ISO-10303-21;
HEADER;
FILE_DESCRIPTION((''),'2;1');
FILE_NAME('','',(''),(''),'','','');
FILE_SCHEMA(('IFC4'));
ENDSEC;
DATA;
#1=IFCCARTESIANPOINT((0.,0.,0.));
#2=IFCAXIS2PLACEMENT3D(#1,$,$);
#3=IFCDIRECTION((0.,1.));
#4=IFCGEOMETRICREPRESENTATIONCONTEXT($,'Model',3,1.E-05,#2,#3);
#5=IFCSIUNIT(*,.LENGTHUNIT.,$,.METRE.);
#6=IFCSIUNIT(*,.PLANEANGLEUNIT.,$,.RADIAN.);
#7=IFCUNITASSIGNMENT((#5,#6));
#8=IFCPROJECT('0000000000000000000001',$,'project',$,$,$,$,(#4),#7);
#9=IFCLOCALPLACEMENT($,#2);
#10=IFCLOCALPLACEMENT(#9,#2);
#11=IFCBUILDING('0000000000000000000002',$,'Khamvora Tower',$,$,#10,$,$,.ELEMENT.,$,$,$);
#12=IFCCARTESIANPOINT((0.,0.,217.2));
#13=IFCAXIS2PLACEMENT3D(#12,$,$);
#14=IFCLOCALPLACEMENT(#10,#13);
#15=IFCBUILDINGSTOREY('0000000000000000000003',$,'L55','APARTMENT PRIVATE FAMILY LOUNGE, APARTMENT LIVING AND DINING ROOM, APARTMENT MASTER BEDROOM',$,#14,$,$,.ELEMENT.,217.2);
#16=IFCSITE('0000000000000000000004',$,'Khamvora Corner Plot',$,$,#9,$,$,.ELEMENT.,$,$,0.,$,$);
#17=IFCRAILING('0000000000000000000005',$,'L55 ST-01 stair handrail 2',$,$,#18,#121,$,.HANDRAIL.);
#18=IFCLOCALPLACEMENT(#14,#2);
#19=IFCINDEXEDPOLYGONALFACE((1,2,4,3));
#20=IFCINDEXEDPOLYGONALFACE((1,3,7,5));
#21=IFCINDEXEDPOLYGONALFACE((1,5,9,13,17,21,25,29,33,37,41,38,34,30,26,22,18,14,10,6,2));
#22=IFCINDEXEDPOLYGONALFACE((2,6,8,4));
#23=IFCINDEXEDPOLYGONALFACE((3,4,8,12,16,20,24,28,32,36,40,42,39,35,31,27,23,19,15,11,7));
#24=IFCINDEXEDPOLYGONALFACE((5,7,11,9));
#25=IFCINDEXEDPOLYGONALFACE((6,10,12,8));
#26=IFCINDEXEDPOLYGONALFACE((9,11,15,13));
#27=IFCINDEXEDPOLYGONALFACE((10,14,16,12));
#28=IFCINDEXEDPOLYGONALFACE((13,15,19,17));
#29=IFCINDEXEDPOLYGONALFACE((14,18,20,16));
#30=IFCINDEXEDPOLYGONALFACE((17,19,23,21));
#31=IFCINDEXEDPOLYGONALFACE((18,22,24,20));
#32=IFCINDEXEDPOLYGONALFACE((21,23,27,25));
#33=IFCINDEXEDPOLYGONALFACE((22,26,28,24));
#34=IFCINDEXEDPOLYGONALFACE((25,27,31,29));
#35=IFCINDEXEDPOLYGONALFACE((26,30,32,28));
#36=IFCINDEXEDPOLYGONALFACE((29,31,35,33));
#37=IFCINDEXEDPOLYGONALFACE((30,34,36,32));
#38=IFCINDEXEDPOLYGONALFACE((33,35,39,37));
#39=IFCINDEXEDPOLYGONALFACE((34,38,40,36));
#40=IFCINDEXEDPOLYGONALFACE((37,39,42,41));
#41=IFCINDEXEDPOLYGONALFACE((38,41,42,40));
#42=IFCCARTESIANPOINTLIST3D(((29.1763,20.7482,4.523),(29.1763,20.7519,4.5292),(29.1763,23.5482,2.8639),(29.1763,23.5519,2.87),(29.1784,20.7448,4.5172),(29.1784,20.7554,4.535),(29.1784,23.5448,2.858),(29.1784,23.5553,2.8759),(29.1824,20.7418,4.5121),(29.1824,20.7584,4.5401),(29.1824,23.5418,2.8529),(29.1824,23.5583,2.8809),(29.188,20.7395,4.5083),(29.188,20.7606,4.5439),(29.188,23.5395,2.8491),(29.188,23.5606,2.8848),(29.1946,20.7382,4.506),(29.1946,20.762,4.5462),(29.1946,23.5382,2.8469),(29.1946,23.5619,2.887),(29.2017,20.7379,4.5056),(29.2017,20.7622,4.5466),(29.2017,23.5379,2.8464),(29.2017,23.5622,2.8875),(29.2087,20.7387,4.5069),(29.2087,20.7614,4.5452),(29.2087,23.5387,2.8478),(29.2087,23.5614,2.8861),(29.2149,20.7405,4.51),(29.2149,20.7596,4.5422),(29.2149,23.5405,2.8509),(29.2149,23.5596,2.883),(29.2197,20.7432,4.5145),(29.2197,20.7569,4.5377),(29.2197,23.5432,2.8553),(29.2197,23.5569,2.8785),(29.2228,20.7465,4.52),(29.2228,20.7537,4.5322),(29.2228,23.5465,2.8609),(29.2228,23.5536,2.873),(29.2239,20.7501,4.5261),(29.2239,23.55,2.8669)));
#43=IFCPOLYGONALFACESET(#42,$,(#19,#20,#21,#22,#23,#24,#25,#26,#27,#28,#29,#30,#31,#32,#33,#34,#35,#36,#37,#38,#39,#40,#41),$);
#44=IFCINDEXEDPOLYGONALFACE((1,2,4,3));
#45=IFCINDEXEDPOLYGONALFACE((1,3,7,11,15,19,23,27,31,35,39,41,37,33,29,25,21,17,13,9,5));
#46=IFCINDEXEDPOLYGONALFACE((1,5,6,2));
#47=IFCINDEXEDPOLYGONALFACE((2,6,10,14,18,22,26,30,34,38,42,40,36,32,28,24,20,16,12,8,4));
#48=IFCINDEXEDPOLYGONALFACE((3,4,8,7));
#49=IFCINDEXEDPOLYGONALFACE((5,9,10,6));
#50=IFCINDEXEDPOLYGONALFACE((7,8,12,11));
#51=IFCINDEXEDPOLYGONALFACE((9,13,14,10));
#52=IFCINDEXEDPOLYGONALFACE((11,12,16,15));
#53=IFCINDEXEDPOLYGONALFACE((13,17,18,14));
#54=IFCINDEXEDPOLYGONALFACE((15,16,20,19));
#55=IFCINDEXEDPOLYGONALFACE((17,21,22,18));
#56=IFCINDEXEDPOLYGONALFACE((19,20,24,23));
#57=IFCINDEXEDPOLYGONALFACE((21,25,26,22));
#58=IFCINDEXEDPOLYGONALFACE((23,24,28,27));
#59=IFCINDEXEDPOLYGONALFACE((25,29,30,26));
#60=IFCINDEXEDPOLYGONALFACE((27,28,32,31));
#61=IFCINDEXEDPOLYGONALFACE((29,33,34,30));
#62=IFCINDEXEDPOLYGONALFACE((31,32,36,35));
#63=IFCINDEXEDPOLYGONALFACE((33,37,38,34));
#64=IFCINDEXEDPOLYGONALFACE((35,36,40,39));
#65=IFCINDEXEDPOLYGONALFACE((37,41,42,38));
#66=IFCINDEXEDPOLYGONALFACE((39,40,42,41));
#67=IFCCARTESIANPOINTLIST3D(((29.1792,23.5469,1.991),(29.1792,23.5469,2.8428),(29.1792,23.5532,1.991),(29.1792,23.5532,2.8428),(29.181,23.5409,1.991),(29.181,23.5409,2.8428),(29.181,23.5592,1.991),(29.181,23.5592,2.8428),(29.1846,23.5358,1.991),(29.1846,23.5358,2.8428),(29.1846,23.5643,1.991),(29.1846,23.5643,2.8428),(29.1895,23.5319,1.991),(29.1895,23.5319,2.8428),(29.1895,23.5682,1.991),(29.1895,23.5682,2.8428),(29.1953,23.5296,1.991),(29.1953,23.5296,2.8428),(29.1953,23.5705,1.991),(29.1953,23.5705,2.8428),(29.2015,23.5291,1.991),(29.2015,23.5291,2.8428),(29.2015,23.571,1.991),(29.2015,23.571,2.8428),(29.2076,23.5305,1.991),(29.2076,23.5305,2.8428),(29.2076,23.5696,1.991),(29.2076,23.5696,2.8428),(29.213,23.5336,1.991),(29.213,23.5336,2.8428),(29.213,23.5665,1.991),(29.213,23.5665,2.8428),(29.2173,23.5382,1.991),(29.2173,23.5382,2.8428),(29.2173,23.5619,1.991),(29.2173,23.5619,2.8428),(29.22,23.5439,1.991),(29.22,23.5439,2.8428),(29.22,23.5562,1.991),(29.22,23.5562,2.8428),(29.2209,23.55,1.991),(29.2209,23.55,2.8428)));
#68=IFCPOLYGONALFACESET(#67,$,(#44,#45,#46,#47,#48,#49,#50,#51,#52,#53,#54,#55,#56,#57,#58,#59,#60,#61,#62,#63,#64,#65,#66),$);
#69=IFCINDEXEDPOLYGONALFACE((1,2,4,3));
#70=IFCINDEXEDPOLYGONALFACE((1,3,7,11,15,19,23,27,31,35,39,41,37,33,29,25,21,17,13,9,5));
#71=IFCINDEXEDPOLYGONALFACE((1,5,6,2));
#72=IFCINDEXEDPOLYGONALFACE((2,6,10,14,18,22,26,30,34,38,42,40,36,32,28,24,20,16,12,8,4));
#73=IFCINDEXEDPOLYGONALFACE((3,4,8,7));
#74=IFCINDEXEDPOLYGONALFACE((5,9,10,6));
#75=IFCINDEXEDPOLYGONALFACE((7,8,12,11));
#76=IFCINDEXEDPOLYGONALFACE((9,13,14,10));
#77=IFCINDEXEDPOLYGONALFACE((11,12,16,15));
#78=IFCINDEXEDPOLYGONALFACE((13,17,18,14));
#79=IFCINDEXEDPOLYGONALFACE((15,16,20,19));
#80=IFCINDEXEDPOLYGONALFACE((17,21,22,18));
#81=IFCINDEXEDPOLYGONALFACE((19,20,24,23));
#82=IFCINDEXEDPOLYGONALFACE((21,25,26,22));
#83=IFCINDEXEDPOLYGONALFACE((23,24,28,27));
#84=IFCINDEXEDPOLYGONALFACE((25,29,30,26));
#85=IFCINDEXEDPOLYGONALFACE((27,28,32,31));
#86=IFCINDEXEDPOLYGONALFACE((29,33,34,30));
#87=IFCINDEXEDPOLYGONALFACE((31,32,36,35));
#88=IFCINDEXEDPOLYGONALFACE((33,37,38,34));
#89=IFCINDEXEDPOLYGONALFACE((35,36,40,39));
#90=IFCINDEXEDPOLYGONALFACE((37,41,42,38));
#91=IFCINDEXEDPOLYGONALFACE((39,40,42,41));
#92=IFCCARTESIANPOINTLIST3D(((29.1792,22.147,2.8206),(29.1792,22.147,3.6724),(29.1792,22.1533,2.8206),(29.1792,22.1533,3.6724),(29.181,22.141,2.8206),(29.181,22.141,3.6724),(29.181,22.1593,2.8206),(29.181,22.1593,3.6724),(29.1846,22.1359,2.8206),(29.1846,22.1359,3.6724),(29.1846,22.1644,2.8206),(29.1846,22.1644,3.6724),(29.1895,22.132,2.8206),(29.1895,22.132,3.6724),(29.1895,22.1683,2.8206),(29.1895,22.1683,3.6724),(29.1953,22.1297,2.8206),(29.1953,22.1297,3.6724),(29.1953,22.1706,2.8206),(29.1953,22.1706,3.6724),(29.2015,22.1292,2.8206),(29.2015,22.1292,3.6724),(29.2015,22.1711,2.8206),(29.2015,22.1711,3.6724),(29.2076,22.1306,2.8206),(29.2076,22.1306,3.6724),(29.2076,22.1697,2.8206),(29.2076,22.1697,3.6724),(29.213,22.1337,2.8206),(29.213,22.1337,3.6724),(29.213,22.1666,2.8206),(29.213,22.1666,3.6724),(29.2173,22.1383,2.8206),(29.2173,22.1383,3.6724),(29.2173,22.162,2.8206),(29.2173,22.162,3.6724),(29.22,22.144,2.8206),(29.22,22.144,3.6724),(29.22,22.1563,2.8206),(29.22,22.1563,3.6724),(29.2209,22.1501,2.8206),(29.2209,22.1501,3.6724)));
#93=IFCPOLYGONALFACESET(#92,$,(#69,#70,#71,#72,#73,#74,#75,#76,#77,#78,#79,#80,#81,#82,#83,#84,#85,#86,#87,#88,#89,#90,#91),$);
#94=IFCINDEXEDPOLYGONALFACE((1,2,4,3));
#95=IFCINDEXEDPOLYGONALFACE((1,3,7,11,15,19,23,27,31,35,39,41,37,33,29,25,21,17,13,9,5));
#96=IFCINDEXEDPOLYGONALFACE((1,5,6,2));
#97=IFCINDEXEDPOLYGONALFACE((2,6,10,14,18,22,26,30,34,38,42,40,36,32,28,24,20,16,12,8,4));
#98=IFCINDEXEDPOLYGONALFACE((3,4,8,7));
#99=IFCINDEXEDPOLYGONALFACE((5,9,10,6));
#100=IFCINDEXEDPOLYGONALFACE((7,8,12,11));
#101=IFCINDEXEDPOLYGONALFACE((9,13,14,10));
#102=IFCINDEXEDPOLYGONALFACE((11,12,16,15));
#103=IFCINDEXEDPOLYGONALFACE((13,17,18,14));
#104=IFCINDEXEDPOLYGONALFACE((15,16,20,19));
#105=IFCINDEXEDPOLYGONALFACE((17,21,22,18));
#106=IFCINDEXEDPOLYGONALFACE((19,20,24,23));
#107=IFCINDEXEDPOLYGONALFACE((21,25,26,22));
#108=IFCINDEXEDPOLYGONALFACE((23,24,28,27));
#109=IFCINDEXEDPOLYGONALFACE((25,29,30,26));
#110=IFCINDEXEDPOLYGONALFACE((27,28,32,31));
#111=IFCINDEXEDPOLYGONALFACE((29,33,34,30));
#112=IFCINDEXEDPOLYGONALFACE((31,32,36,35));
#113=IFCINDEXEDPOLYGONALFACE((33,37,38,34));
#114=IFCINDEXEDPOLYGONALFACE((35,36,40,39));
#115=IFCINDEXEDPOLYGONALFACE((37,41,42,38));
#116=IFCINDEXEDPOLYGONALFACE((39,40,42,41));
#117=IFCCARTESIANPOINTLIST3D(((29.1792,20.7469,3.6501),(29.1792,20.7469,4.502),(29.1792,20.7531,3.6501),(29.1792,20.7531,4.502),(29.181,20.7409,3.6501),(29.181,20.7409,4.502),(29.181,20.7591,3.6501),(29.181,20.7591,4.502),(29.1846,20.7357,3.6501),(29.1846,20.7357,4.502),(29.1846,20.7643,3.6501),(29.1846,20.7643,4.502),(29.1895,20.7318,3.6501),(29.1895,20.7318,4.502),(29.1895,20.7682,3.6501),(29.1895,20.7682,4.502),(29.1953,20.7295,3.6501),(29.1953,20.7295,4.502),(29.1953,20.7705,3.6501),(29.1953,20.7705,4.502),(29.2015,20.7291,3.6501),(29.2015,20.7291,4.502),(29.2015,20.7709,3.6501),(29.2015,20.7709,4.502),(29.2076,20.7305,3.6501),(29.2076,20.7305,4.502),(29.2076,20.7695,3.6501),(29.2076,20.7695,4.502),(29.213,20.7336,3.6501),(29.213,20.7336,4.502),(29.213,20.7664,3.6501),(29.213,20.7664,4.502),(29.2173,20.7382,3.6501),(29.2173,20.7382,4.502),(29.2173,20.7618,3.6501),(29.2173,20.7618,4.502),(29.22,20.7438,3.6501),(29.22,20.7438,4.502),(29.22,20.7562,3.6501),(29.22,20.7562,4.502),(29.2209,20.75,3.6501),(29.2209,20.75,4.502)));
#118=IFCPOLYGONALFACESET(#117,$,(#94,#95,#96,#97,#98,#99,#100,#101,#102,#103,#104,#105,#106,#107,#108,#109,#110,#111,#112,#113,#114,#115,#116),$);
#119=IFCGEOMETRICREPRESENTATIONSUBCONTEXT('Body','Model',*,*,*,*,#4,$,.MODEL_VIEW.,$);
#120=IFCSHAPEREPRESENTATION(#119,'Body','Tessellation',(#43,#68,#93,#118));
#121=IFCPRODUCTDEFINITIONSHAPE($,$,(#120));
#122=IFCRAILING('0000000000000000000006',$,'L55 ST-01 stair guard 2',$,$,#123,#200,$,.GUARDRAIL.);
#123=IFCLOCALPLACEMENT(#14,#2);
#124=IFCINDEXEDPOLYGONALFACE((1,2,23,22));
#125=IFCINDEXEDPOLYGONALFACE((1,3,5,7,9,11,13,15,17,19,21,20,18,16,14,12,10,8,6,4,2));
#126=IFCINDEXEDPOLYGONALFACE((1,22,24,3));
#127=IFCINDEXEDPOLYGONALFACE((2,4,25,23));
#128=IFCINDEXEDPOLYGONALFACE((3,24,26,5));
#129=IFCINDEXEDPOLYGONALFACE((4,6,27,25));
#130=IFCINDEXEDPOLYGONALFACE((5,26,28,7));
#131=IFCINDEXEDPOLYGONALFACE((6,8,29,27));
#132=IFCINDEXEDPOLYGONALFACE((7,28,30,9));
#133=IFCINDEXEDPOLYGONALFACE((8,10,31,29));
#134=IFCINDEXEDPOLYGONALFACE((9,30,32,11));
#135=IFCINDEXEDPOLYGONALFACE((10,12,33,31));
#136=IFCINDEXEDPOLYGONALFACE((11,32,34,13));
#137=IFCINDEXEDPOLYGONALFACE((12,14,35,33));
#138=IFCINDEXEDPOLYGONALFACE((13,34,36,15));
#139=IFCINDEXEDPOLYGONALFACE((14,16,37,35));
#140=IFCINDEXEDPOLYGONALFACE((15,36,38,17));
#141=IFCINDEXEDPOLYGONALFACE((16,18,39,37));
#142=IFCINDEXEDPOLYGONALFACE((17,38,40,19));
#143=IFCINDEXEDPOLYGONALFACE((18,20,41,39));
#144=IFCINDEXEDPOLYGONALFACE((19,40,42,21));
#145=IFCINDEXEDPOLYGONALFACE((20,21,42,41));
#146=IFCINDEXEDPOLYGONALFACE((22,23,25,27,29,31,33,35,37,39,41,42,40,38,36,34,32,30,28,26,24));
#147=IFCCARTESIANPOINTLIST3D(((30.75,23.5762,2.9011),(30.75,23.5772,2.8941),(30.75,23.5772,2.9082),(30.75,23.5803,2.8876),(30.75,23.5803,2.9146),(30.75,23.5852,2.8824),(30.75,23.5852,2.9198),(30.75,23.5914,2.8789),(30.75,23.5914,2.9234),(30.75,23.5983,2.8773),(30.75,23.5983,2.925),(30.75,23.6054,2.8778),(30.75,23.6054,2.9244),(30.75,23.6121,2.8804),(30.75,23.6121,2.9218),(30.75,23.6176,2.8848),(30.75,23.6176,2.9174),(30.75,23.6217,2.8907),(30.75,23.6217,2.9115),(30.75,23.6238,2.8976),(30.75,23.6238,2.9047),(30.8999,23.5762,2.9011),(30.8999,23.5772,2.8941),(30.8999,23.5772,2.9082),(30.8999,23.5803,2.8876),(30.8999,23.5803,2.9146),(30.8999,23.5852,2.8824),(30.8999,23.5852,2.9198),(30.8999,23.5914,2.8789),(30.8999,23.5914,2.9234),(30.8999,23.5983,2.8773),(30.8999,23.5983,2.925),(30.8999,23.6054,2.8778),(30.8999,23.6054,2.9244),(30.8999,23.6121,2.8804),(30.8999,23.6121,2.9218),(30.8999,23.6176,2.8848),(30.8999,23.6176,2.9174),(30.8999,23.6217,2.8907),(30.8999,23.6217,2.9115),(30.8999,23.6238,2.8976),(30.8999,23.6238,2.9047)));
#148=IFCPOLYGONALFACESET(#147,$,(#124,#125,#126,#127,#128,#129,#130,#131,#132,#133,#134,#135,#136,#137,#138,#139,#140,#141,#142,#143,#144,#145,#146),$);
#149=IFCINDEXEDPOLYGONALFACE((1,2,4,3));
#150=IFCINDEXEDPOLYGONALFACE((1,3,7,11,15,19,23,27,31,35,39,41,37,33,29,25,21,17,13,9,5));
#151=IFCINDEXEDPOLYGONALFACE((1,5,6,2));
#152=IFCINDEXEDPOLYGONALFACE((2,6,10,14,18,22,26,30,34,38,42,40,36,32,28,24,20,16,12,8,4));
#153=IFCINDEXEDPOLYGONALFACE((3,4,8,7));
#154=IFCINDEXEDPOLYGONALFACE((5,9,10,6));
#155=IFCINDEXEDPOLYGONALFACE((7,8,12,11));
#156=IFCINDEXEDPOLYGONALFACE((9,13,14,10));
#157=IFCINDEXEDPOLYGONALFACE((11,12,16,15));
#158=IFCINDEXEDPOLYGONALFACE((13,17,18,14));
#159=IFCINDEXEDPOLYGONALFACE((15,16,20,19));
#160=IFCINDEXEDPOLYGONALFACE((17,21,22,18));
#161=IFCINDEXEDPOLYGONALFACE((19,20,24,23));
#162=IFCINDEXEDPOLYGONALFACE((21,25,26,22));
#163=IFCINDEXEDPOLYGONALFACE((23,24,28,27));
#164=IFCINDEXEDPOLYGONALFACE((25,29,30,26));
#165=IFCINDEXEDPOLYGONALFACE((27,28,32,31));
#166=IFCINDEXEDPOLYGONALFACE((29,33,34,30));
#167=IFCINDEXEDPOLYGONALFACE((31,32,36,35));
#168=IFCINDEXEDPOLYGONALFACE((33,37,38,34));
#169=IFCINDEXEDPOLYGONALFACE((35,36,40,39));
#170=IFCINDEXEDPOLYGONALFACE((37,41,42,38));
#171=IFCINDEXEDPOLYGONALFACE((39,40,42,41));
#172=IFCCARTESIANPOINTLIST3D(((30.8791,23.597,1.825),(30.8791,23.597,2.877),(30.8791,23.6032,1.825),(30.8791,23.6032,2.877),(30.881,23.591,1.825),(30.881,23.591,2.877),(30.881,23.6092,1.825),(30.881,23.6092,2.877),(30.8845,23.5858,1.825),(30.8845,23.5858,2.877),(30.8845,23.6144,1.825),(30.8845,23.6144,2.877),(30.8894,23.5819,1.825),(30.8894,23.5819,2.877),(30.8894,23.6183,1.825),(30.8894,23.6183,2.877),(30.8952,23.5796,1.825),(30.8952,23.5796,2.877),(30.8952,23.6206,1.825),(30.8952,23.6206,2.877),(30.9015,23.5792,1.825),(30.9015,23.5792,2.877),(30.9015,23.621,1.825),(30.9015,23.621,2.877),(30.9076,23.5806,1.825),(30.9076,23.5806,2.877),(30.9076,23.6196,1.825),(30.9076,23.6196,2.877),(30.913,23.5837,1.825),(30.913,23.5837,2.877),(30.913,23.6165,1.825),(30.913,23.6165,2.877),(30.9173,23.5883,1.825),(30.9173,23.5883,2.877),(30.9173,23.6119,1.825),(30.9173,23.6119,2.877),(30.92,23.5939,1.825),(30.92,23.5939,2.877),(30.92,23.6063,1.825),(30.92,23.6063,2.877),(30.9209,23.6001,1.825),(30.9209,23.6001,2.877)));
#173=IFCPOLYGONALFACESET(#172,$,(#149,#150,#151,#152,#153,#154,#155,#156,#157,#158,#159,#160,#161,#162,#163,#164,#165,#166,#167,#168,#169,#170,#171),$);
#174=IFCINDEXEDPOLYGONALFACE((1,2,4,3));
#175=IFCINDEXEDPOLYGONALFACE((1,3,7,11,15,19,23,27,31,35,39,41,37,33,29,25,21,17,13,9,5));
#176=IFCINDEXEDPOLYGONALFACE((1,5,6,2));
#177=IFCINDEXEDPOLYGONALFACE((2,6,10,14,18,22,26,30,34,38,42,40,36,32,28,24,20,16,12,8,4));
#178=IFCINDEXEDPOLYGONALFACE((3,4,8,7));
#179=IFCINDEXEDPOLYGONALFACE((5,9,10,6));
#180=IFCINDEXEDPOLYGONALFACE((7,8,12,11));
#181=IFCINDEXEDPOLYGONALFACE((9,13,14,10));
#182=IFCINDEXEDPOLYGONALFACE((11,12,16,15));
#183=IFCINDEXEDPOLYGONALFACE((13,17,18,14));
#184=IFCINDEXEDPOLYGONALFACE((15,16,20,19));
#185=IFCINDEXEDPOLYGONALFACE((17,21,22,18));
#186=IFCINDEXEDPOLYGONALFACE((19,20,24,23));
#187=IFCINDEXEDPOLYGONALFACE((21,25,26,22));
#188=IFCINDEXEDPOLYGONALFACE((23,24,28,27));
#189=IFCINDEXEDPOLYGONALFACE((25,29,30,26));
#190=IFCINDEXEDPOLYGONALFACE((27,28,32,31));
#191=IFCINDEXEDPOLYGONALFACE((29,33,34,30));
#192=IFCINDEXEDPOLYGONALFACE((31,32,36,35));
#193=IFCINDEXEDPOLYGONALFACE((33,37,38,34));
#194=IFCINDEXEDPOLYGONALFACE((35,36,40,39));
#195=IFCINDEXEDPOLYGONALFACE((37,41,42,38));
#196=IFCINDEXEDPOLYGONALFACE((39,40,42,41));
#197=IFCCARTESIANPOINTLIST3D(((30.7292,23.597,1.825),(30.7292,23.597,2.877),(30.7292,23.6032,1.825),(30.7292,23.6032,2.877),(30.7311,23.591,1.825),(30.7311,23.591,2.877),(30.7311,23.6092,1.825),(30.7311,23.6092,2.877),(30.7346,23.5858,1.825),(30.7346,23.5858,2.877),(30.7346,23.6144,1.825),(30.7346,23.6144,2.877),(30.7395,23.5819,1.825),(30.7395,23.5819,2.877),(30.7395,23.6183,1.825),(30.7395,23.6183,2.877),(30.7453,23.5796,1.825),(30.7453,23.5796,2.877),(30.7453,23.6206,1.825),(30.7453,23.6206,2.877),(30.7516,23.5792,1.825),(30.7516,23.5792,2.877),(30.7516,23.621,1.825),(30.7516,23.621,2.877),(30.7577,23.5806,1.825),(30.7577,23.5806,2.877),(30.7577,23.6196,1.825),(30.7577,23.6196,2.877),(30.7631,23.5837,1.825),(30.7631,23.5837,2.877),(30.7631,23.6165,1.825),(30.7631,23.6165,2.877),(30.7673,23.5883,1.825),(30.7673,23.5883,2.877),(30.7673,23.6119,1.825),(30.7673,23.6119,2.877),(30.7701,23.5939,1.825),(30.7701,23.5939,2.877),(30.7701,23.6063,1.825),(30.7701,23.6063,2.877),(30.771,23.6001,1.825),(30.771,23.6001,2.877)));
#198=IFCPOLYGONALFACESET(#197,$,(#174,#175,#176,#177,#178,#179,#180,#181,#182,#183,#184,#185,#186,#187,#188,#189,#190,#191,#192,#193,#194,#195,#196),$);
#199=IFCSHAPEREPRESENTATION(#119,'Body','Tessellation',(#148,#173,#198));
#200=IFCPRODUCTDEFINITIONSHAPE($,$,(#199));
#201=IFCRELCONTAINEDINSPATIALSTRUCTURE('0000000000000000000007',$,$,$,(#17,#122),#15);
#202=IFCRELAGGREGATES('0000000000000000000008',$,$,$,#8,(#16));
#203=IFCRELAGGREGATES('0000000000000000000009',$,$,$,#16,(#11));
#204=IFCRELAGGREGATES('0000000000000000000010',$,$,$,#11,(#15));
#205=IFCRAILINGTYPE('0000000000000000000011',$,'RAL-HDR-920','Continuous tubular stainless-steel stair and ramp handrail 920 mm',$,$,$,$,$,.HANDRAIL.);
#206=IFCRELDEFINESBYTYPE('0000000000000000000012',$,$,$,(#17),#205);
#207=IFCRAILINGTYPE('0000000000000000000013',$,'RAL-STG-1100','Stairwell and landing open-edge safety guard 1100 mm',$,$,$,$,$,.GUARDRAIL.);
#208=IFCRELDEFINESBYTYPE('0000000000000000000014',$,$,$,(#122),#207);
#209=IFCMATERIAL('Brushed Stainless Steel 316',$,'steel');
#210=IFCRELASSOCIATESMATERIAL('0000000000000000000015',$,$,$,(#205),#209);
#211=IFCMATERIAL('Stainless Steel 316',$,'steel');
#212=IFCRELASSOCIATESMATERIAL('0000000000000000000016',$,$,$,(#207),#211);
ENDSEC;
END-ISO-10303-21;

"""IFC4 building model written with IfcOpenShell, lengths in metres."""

from ifc_helpers import new_model, si_unit, direction, frame, origin, origin_2d, place, context, subcontext, project, spatial, circle, extrude, material, type_object, element, save


model = new_model("IFC4")

# Units and contexts
model_context = context("Model", 3, precision=1e-05, world=origin(), true_north=direction((0.0, 1.0)))
body_context = subcontext(model_context, "Body", "Model", "MODEL_VIEW")
ifc_project = project(units=[si_unit("LENGTHUNIT", "METRE"), si_unit("PLANEANGLEUNIT", "RADIAN")], contexts=[model_context])

# Site, building, storey
site_placement = place(None, origin())
site = spatial("IfcSite", under=ifc_project, at=site_placement, Name="Khamvora Corner Plot", CompositionType="ELEMENT", RefElevation=0.0)
building_placement = place(site_placement, origin())
building = spatial("IfcBuilding", under=site, at=building_placement, Name="Khamvora Tower", CompositionType="ELEMENT")
storey_placement = place(building_placement, frame((0.0, 0.0, 217.2)))
storey = spatial("IfcBuildingStorey", under=building, at=storey_placement, Name="L55", Description="APARTMENT PRIVATE FAMILY LOUNGE, APARTMENT LIVING AND DINING ROOM, APARTMENT MASTER BEDROOM", CompositionType="ELEMENT", Elevation=217.2)

# Railings
ifc_material_1 = material(Name="Brushed Stainless Steel 316", Category="steel")
railing_type_1 = type_object("IfcRailingType", Name="RAL-HDR-920", Description="Continuous tubular stainless-steel stair and ramp handrail 920 mm", PredefinedType="HANDRAIL", material=ifc_material_1)
railing_1_placement = place(storey_placement, frame((29.2, 23.55, 1.991)))
element("IfcRailing", 1, at=railing_1_placement, inside=storey, type_object=railing_type_1, Name="L55 ST-01 stair handrail 2", PredefinedType="HANDRAIL", context=body_context, shape_type="SweptSolid", body=[
    extrude(circle(Radius=0.0239, at=origin_2d()), frame((0.0, 0.0, 0.876), z_axis=(0.0, -0.860306, 0.509778), x_axis=(1.0, 0.0, 0.0)), (0.0, 0.0, 1.0), 3.2546),
    extrude(circle(Radius=0.021, at=origin_2d()), origin(), (0.0, 0.0, 1.0), 0.8518),
    extrude(circle(Radius=0.021, at=origin_2d()), frame((0.0, -1.3999, 0.8296)), (0.0, 0.0, 1.0), 0.8518),
    extrude(circle(Radius=0.021, at=origin_2d()), frame((0.0, -2.8, 1.6592)), (0.0, 0.0, 1.0), 0.8518),
])
ifc_material_2 = material(Name="Stainless Steel 316", Category="steel")
railing_type_2 = type_object("IfcRailingType", Name="RAL-STG-1100", Description="Stairwell and landing open-edge safety guard 1100 mm", PredefinedType="GUARDRAIL", material=ifc_material_2)
railing_2_placement = place(storey_placement, frame((30.8999, 23.6001, 1.825)))
element("IfcRailing", 2, at=railing_2_placement, inside=storey, type_object=railing_type_2, Name="L55 ST-01 stair guard 2", PredefinedType="GUARDRAIL", context=body_context, shape_type="SweptSolid", body=[
    extrude(circle(Radius=0.0239, at=origin_2d()), frame((0.0, 0.0, 1.0762), z_axis=(-1.0, 0.0, 0.0), x_axis=(0.0, -1.0, 0.0)), (0.0, 0.0, 1.0), 0.1499),
    extrude(circle(Radius=0.021, at=origin_2d()), origin(), (0.0, 0.0, 1.0), 1.052),
    extrude(circle(Radius=0.021, at=origin_2d()), frame((-0.1499, 0.0, 0.0)), (0.0, 0.0, 1.0), 1.052),
])

save(model, "model.ifc")
